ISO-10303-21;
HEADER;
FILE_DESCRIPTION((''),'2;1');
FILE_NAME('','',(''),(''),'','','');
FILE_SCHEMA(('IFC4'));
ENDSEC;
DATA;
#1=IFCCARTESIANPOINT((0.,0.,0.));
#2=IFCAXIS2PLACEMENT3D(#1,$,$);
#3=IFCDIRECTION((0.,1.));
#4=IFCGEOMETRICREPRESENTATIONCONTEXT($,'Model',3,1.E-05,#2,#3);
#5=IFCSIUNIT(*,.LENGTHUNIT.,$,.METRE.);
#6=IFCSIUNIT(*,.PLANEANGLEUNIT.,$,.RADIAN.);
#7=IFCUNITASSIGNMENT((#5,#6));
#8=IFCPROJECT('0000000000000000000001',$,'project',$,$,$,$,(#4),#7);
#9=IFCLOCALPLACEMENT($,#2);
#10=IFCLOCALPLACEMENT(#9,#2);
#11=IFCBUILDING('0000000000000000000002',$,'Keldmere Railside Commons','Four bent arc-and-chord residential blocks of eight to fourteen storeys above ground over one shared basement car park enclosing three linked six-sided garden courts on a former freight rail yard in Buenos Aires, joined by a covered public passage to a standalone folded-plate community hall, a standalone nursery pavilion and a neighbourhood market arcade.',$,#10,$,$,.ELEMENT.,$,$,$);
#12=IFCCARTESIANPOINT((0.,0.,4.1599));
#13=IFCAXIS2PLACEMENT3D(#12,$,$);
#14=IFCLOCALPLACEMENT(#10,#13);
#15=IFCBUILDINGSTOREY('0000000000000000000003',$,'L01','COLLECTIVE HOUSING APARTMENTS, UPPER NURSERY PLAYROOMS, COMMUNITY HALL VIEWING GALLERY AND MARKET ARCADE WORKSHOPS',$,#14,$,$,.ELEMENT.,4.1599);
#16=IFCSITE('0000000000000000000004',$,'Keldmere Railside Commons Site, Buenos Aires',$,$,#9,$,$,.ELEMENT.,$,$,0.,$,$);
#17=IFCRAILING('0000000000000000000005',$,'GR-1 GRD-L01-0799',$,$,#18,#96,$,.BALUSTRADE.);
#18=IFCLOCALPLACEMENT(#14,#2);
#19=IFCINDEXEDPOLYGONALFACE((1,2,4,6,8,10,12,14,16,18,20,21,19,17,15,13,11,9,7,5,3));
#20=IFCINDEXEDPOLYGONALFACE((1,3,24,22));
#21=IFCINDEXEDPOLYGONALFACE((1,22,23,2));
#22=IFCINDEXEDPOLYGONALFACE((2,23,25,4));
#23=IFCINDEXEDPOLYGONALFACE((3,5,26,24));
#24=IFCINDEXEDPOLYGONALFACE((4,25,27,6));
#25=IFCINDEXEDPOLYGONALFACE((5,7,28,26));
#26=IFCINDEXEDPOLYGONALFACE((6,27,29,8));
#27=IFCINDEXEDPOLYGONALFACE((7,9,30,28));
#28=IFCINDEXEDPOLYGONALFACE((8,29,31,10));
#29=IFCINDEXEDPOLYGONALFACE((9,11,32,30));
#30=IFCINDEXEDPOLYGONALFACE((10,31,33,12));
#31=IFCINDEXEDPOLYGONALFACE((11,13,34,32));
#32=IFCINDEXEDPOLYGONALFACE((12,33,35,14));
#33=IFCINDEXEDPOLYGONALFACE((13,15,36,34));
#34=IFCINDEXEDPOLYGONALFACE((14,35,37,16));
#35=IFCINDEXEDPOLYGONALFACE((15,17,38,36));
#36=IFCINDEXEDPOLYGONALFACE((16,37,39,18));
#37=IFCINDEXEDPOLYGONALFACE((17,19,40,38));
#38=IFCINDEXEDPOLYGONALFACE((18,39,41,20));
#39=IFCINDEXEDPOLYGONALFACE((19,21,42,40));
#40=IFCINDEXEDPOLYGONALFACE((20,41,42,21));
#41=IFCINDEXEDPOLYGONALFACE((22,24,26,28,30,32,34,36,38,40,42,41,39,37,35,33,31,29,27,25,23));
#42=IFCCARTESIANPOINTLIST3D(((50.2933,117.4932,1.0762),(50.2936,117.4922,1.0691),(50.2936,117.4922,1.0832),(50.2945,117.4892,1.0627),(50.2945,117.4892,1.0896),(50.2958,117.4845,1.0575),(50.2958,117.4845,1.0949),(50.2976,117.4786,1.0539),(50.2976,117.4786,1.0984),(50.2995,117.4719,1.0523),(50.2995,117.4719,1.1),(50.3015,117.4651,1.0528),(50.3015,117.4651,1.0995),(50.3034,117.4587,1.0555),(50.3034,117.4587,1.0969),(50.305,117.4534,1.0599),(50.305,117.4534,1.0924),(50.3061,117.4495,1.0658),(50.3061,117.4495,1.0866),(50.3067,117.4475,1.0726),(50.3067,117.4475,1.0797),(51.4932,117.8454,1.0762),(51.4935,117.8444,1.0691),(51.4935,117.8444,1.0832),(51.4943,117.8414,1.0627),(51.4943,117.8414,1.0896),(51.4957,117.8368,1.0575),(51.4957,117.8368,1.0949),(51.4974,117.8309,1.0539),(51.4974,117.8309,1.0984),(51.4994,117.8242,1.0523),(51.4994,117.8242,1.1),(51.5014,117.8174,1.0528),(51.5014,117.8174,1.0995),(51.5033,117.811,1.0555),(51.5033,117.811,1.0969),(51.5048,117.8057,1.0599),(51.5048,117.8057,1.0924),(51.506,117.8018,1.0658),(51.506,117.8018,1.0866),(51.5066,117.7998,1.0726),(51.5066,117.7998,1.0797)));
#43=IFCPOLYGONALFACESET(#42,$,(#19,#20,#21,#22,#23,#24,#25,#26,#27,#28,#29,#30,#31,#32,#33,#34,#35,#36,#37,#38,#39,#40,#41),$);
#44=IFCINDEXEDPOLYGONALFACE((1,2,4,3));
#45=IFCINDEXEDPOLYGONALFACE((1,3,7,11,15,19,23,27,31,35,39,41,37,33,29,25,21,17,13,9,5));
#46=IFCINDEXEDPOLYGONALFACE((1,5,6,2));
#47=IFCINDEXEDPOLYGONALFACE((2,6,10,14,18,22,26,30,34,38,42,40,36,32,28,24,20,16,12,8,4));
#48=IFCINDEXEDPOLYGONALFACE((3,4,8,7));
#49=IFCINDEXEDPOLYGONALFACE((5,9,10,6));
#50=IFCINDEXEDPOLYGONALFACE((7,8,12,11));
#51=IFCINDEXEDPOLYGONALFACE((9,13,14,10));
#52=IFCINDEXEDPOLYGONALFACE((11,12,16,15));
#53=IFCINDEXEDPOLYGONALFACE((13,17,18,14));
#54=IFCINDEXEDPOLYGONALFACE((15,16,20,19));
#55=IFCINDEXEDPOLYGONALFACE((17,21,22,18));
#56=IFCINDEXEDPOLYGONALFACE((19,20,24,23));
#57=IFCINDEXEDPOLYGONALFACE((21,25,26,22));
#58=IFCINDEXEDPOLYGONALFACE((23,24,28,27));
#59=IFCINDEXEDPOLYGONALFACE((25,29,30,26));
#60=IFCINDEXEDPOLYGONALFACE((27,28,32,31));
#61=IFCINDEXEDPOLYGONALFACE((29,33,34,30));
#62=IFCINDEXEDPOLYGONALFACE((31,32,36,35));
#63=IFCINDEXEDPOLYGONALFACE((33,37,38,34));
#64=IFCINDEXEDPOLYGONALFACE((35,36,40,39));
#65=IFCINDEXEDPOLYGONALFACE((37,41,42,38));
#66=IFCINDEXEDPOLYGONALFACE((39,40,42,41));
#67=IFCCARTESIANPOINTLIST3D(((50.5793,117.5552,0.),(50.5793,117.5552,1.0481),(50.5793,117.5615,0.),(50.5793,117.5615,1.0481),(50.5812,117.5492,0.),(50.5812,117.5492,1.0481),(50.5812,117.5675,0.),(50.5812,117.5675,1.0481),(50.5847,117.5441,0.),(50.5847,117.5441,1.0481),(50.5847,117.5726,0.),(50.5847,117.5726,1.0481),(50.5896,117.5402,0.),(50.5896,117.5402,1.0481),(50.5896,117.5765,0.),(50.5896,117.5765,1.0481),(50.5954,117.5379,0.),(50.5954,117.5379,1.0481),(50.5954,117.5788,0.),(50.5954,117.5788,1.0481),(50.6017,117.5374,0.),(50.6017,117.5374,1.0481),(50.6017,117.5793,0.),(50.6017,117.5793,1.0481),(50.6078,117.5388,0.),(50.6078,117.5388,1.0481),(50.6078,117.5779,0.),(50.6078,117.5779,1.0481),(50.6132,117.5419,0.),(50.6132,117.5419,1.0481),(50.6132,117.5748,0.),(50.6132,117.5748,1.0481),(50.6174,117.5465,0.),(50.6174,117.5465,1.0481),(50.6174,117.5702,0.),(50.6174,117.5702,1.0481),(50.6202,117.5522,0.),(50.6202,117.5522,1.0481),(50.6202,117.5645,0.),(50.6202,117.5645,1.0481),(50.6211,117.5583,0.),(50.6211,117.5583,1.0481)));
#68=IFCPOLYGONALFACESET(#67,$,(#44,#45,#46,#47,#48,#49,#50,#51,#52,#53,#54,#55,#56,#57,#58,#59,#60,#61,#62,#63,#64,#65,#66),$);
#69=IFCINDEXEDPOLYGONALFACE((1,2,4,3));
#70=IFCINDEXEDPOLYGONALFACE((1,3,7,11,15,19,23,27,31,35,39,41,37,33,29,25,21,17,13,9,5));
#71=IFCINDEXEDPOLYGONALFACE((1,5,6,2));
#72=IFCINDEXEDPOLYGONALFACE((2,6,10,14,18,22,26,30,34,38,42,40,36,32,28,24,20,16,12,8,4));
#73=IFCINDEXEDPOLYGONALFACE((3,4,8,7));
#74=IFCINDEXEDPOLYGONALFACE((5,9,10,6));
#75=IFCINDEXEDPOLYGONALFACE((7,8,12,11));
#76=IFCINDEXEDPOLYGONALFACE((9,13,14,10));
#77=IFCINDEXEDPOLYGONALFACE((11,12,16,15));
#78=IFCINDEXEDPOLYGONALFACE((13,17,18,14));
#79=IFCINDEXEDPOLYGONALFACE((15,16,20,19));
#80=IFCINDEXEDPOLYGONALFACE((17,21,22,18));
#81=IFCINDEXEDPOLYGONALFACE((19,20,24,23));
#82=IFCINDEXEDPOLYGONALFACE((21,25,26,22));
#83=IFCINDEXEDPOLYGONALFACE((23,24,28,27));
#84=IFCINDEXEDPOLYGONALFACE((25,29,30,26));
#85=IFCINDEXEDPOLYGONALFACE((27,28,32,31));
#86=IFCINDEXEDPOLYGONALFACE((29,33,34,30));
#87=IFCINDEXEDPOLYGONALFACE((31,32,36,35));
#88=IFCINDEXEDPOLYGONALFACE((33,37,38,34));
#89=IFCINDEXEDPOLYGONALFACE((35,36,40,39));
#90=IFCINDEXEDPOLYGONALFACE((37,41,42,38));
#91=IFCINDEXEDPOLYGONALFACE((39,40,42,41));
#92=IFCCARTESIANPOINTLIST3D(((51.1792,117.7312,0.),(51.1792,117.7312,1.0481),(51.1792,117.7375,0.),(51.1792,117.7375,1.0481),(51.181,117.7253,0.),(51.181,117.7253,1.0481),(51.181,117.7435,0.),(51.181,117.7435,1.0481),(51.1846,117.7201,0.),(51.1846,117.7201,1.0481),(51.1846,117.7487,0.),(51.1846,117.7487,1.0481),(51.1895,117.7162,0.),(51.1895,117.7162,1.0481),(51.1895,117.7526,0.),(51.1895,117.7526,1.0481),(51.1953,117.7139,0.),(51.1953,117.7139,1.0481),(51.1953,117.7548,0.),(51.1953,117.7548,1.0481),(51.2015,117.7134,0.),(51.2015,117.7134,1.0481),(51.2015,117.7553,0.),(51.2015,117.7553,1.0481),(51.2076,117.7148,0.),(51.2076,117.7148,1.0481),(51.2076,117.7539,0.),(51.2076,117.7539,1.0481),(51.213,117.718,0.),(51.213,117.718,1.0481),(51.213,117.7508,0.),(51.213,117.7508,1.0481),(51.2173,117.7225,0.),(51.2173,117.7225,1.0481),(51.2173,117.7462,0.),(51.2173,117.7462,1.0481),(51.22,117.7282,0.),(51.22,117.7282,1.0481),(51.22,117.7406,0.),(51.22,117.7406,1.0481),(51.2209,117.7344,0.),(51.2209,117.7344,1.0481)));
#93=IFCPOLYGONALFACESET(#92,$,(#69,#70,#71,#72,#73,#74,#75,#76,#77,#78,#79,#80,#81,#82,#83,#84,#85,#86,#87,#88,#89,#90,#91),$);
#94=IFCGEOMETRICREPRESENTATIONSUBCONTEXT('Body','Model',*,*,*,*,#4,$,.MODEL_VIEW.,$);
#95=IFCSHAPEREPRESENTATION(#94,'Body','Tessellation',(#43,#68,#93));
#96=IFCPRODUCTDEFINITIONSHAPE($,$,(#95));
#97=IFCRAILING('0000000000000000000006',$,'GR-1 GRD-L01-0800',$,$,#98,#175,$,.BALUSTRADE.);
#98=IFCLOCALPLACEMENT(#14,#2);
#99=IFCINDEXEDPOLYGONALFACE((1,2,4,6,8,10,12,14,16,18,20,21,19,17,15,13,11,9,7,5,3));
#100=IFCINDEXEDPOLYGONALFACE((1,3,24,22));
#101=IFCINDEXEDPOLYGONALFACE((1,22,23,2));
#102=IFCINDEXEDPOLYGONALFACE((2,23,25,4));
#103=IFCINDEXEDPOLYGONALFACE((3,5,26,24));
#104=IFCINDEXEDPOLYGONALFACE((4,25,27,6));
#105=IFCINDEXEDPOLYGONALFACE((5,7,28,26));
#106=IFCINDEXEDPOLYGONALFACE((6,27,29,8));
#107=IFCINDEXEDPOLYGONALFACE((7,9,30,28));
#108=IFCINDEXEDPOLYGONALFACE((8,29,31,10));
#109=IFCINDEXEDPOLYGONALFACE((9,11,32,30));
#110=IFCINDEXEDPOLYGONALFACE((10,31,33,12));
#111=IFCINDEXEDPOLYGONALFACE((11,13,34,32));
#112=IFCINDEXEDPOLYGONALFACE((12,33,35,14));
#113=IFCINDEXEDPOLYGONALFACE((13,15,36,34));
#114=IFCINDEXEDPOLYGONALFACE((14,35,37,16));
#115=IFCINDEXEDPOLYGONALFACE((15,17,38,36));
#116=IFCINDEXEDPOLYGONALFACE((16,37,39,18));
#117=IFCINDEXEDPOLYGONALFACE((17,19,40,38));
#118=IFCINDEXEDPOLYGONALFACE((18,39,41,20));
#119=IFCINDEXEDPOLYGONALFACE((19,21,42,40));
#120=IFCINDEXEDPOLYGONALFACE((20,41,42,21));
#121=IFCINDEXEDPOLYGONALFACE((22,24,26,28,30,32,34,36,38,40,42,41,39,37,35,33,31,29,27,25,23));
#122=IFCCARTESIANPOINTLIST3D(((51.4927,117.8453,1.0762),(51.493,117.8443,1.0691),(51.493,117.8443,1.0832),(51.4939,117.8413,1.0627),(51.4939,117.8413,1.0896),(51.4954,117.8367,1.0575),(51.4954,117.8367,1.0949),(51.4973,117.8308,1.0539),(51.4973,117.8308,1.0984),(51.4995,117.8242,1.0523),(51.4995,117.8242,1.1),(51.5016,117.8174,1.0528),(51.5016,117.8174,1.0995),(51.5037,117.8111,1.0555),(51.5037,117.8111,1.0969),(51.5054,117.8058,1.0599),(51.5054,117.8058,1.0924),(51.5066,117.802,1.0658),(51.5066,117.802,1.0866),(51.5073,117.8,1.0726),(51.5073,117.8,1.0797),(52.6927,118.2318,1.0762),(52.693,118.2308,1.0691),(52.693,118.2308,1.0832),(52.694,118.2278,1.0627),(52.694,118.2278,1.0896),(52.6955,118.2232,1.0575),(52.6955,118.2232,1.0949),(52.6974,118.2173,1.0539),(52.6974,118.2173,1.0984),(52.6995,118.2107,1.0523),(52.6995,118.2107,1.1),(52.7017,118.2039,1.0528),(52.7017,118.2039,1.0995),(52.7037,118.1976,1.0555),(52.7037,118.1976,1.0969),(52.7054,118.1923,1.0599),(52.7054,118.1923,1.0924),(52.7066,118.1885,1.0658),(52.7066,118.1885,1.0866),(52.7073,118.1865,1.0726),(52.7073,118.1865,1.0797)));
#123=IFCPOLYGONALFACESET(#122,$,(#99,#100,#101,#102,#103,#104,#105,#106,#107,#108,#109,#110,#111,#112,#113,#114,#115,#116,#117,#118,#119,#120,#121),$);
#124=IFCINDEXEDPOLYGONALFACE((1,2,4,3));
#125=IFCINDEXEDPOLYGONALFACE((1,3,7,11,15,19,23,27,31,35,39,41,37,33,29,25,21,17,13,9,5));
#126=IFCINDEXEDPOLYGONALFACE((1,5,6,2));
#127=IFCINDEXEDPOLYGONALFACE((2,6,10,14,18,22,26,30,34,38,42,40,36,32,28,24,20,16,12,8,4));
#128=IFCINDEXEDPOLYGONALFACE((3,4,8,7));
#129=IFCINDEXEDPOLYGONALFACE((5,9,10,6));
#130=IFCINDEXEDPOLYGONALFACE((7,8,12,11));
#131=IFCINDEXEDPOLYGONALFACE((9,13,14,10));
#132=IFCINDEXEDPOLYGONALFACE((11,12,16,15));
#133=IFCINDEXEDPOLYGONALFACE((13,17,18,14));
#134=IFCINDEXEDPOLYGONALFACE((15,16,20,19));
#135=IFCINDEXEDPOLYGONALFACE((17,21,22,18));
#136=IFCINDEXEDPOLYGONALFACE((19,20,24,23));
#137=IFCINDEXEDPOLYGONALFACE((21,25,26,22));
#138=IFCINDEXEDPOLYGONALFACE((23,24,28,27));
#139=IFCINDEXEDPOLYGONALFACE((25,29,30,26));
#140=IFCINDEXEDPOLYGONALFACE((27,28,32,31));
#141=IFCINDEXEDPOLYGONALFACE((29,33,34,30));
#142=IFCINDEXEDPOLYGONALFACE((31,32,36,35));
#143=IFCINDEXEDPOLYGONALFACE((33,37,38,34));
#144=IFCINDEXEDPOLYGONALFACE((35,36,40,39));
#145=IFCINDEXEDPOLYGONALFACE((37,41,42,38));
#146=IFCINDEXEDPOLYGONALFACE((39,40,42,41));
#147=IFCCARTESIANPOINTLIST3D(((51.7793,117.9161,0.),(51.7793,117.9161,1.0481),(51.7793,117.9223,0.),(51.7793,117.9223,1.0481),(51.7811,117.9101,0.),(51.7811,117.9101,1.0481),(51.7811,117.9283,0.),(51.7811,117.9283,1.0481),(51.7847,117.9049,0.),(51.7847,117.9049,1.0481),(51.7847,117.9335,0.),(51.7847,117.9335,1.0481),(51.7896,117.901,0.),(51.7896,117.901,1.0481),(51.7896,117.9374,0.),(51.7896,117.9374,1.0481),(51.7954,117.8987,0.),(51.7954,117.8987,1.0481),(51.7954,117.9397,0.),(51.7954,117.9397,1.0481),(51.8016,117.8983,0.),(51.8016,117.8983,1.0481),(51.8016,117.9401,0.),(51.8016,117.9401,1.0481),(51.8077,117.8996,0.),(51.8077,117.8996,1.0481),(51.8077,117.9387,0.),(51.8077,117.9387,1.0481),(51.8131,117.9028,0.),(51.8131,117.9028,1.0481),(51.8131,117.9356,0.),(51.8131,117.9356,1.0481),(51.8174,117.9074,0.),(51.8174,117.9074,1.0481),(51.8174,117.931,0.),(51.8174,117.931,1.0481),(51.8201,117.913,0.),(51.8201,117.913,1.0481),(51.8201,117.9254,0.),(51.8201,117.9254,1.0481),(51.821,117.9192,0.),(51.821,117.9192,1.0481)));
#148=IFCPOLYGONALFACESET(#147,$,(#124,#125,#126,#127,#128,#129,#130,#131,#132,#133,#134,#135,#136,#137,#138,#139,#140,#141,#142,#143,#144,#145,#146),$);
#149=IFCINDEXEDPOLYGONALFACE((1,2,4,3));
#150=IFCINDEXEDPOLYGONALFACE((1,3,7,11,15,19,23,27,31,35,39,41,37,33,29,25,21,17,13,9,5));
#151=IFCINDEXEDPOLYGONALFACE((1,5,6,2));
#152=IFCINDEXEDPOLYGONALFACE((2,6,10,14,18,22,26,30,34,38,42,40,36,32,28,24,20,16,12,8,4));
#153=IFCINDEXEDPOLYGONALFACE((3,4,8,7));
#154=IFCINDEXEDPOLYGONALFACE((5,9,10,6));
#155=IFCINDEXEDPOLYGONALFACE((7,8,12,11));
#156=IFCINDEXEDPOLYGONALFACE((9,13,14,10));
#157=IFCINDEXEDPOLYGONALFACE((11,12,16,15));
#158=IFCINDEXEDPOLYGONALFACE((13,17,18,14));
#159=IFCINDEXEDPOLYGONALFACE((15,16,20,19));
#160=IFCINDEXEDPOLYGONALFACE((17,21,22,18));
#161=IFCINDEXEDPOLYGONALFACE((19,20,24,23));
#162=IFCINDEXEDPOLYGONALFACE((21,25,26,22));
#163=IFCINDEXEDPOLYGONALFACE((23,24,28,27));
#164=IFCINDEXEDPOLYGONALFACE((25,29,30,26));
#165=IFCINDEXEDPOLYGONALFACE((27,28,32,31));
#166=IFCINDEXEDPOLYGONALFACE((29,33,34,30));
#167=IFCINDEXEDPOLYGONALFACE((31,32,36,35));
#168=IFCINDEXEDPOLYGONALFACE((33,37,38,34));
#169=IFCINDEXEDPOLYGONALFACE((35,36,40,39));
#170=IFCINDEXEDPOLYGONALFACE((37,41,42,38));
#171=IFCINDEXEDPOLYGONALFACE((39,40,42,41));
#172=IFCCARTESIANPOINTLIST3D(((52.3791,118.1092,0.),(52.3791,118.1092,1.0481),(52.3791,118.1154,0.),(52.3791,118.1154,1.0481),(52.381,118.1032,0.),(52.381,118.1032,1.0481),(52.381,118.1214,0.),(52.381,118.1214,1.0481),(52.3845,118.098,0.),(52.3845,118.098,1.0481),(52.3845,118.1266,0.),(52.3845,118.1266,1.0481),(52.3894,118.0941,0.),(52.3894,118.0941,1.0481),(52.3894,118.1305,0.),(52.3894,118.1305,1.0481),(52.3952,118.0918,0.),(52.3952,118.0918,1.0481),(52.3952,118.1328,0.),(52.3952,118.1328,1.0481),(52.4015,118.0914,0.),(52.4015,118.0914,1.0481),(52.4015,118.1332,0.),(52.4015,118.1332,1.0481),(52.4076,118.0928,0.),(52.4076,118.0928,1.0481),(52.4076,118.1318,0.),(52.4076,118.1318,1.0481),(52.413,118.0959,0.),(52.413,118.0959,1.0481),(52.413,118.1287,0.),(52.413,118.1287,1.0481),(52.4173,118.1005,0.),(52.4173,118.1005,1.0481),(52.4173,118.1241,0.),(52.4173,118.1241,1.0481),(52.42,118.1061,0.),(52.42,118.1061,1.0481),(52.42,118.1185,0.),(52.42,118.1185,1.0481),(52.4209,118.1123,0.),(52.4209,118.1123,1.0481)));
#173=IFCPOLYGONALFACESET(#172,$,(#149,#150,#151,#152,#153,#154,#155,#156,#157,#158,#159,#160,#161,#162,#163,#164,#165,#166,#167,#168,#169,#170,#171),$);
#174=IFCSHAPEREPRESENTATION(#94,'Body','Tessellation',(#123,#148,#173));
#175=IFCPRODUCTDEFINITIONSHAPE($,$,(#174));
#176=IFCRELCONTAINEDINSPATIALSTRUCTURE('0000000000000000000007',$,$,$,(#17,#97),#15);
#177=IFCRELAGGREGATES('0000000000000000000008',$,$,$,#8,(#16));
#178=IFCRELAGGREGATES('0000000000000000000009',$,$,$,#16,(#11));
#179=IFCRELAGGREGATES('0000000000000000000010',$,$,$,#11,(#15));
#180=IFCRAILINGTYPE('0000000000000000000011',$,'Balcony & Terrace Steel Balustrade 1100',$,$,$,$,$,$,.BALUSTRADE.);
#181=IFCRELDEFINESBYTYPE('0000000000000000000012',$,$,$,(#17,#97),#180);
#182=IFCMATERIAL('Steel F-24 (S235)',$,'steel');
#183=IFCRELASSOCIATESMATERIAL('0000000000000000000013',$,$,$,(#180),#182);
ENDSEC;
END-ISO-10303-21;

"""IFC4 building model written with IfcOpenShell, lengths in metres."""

from ifc_helpers import new_model, si_unit, direction, frame, origin, origin_2d, place, context, subcontext, project, spatial, circle, extrude, material, type_object, element, save


model = new_model("IFC4")

# Units and contexts
model_context = context("Model", 3, precision=1e-05, world=origin(), true_north=direction((0.0, 1.0)))
body_context = subcontext(model_context, "Body", "Model", "MODEL_VIEW")
ifc_project = project(units=[si_unit("LENGTHUNIT", "METRE"), si_unit("PLANEANGLEUNIT", "RADIAN")], contexts=[model_context])

# Site, building, storey
site_placement = place(None, origin())
site = spatial("IfcSite", under=ifc_project, at=site_placement, Name="Keldmere Railside Commons Site, Buenos Aires", CompositionType="ELEMENT", RefElevation=0.0)
building_placement = place(site_placement, origin())
building = spatial("IfcBuilding", under=site, at=building_placement, Name="Keldmere Railside Commons", Description="Four bent arc-and-chord residential blocks of eight to fourteen storeys above ground over one shared basement car park enclosing three linked six-sided garden courts on a former freight rail yard in Buenos Aires, joined by a covered public passage to a standalone folded-plate community hall, a standalone nursery pavilion and a neighbourhood market arcade.", CompositionType="ELEMENT")
storey_placement = place(building_placement, frame((0.0, 0.0, 4.1599)))
storey = spatial("IfcBuildingStorey", under=building, at=storey_placement, Name="L01", Description="COLLECTIVE HOUSING APARTMENTS, UPPER NURSERY PLAYROOMS, COMMUNITY HALL VIEWING GALLERY AND MARKET ARCADE WORKSHOPS", CompositionType="ELEMENT", Elevation=4.1599)

# Railings
ifc_material_1 = material(Name="Steel F-24 (S235)", Category="steel")
railing_type = type_object("IfcRailingType", Name="Balcony & Terrace Steel Balustrade 1100", PredefinedType="BALUSTRADE", material=ifc_material_1)
railing_1_placement = place(storey_placement, frame((50.3, 117.4702, 0.0)))
element("IfcRailing", 1, at=railing_1_placement, inside=storey, type_object=railing_type, Name="GR-1 GRD-L01-0799", PredefinedType="BALUSTRADE", context=body_context, shape_type="SweptSolid", body=[
    extrude(circle(Radius=0.0239, at=origin_2d()), frame((0.0, 0.0, 1.0762), z_axis=(0.959502, 0.281701, 0.0), x_axis=(-0.281701, 0.959502, 0.0)), (0.0, 0.0, 1.0), 1.2505),
    extrude(circle(Radius=0.021, at=origin_2d()), frame((0.3, 0.0881, 0.0)), (0.0, 0.0, 1.0), 1.0481),
    extrude(circle(Radius=0.021, at=origin_2d()), frame((0.8999, 0.2642, 0.0)), (0.0, 0.0, 1.0), 1.0481),
])
railing_2_placement = place(storey_placement, frame((51.5, 117.8225, 0.0)))
element("IfcRailing", 2, at=railing_2_placement, inside=storey, type_object=railing_type, Name="GR-1 GRD-L01-0800", PredefinedType="BALUSTRADE", context=body_context, shape_type="SweptSolid", body=[
    extrude(circle(Radius=0.0239, at=origin_2d()), frame((0.0, 0.0, 1.0762), z_axis=(0.951849, 0.306567, 0.0), x_axis=(-0.306567, 0.951849, 0.0)), (0.0, 0.0, 1.0), 1.2607),
    extrude(circle(Radius=0.021, at=origin_2d()), frame((0.3, 0.0967, 0.0)), (0.0, 0.0, 1.0), 1.0481),
    extrude(circle(Radius=0.021, at=origin_2d()), frame((0.8999, 0.2898, 0.0)), (0.0, 0.0, 1.0), 1.0481),
])

save(model, "model.ifc")
